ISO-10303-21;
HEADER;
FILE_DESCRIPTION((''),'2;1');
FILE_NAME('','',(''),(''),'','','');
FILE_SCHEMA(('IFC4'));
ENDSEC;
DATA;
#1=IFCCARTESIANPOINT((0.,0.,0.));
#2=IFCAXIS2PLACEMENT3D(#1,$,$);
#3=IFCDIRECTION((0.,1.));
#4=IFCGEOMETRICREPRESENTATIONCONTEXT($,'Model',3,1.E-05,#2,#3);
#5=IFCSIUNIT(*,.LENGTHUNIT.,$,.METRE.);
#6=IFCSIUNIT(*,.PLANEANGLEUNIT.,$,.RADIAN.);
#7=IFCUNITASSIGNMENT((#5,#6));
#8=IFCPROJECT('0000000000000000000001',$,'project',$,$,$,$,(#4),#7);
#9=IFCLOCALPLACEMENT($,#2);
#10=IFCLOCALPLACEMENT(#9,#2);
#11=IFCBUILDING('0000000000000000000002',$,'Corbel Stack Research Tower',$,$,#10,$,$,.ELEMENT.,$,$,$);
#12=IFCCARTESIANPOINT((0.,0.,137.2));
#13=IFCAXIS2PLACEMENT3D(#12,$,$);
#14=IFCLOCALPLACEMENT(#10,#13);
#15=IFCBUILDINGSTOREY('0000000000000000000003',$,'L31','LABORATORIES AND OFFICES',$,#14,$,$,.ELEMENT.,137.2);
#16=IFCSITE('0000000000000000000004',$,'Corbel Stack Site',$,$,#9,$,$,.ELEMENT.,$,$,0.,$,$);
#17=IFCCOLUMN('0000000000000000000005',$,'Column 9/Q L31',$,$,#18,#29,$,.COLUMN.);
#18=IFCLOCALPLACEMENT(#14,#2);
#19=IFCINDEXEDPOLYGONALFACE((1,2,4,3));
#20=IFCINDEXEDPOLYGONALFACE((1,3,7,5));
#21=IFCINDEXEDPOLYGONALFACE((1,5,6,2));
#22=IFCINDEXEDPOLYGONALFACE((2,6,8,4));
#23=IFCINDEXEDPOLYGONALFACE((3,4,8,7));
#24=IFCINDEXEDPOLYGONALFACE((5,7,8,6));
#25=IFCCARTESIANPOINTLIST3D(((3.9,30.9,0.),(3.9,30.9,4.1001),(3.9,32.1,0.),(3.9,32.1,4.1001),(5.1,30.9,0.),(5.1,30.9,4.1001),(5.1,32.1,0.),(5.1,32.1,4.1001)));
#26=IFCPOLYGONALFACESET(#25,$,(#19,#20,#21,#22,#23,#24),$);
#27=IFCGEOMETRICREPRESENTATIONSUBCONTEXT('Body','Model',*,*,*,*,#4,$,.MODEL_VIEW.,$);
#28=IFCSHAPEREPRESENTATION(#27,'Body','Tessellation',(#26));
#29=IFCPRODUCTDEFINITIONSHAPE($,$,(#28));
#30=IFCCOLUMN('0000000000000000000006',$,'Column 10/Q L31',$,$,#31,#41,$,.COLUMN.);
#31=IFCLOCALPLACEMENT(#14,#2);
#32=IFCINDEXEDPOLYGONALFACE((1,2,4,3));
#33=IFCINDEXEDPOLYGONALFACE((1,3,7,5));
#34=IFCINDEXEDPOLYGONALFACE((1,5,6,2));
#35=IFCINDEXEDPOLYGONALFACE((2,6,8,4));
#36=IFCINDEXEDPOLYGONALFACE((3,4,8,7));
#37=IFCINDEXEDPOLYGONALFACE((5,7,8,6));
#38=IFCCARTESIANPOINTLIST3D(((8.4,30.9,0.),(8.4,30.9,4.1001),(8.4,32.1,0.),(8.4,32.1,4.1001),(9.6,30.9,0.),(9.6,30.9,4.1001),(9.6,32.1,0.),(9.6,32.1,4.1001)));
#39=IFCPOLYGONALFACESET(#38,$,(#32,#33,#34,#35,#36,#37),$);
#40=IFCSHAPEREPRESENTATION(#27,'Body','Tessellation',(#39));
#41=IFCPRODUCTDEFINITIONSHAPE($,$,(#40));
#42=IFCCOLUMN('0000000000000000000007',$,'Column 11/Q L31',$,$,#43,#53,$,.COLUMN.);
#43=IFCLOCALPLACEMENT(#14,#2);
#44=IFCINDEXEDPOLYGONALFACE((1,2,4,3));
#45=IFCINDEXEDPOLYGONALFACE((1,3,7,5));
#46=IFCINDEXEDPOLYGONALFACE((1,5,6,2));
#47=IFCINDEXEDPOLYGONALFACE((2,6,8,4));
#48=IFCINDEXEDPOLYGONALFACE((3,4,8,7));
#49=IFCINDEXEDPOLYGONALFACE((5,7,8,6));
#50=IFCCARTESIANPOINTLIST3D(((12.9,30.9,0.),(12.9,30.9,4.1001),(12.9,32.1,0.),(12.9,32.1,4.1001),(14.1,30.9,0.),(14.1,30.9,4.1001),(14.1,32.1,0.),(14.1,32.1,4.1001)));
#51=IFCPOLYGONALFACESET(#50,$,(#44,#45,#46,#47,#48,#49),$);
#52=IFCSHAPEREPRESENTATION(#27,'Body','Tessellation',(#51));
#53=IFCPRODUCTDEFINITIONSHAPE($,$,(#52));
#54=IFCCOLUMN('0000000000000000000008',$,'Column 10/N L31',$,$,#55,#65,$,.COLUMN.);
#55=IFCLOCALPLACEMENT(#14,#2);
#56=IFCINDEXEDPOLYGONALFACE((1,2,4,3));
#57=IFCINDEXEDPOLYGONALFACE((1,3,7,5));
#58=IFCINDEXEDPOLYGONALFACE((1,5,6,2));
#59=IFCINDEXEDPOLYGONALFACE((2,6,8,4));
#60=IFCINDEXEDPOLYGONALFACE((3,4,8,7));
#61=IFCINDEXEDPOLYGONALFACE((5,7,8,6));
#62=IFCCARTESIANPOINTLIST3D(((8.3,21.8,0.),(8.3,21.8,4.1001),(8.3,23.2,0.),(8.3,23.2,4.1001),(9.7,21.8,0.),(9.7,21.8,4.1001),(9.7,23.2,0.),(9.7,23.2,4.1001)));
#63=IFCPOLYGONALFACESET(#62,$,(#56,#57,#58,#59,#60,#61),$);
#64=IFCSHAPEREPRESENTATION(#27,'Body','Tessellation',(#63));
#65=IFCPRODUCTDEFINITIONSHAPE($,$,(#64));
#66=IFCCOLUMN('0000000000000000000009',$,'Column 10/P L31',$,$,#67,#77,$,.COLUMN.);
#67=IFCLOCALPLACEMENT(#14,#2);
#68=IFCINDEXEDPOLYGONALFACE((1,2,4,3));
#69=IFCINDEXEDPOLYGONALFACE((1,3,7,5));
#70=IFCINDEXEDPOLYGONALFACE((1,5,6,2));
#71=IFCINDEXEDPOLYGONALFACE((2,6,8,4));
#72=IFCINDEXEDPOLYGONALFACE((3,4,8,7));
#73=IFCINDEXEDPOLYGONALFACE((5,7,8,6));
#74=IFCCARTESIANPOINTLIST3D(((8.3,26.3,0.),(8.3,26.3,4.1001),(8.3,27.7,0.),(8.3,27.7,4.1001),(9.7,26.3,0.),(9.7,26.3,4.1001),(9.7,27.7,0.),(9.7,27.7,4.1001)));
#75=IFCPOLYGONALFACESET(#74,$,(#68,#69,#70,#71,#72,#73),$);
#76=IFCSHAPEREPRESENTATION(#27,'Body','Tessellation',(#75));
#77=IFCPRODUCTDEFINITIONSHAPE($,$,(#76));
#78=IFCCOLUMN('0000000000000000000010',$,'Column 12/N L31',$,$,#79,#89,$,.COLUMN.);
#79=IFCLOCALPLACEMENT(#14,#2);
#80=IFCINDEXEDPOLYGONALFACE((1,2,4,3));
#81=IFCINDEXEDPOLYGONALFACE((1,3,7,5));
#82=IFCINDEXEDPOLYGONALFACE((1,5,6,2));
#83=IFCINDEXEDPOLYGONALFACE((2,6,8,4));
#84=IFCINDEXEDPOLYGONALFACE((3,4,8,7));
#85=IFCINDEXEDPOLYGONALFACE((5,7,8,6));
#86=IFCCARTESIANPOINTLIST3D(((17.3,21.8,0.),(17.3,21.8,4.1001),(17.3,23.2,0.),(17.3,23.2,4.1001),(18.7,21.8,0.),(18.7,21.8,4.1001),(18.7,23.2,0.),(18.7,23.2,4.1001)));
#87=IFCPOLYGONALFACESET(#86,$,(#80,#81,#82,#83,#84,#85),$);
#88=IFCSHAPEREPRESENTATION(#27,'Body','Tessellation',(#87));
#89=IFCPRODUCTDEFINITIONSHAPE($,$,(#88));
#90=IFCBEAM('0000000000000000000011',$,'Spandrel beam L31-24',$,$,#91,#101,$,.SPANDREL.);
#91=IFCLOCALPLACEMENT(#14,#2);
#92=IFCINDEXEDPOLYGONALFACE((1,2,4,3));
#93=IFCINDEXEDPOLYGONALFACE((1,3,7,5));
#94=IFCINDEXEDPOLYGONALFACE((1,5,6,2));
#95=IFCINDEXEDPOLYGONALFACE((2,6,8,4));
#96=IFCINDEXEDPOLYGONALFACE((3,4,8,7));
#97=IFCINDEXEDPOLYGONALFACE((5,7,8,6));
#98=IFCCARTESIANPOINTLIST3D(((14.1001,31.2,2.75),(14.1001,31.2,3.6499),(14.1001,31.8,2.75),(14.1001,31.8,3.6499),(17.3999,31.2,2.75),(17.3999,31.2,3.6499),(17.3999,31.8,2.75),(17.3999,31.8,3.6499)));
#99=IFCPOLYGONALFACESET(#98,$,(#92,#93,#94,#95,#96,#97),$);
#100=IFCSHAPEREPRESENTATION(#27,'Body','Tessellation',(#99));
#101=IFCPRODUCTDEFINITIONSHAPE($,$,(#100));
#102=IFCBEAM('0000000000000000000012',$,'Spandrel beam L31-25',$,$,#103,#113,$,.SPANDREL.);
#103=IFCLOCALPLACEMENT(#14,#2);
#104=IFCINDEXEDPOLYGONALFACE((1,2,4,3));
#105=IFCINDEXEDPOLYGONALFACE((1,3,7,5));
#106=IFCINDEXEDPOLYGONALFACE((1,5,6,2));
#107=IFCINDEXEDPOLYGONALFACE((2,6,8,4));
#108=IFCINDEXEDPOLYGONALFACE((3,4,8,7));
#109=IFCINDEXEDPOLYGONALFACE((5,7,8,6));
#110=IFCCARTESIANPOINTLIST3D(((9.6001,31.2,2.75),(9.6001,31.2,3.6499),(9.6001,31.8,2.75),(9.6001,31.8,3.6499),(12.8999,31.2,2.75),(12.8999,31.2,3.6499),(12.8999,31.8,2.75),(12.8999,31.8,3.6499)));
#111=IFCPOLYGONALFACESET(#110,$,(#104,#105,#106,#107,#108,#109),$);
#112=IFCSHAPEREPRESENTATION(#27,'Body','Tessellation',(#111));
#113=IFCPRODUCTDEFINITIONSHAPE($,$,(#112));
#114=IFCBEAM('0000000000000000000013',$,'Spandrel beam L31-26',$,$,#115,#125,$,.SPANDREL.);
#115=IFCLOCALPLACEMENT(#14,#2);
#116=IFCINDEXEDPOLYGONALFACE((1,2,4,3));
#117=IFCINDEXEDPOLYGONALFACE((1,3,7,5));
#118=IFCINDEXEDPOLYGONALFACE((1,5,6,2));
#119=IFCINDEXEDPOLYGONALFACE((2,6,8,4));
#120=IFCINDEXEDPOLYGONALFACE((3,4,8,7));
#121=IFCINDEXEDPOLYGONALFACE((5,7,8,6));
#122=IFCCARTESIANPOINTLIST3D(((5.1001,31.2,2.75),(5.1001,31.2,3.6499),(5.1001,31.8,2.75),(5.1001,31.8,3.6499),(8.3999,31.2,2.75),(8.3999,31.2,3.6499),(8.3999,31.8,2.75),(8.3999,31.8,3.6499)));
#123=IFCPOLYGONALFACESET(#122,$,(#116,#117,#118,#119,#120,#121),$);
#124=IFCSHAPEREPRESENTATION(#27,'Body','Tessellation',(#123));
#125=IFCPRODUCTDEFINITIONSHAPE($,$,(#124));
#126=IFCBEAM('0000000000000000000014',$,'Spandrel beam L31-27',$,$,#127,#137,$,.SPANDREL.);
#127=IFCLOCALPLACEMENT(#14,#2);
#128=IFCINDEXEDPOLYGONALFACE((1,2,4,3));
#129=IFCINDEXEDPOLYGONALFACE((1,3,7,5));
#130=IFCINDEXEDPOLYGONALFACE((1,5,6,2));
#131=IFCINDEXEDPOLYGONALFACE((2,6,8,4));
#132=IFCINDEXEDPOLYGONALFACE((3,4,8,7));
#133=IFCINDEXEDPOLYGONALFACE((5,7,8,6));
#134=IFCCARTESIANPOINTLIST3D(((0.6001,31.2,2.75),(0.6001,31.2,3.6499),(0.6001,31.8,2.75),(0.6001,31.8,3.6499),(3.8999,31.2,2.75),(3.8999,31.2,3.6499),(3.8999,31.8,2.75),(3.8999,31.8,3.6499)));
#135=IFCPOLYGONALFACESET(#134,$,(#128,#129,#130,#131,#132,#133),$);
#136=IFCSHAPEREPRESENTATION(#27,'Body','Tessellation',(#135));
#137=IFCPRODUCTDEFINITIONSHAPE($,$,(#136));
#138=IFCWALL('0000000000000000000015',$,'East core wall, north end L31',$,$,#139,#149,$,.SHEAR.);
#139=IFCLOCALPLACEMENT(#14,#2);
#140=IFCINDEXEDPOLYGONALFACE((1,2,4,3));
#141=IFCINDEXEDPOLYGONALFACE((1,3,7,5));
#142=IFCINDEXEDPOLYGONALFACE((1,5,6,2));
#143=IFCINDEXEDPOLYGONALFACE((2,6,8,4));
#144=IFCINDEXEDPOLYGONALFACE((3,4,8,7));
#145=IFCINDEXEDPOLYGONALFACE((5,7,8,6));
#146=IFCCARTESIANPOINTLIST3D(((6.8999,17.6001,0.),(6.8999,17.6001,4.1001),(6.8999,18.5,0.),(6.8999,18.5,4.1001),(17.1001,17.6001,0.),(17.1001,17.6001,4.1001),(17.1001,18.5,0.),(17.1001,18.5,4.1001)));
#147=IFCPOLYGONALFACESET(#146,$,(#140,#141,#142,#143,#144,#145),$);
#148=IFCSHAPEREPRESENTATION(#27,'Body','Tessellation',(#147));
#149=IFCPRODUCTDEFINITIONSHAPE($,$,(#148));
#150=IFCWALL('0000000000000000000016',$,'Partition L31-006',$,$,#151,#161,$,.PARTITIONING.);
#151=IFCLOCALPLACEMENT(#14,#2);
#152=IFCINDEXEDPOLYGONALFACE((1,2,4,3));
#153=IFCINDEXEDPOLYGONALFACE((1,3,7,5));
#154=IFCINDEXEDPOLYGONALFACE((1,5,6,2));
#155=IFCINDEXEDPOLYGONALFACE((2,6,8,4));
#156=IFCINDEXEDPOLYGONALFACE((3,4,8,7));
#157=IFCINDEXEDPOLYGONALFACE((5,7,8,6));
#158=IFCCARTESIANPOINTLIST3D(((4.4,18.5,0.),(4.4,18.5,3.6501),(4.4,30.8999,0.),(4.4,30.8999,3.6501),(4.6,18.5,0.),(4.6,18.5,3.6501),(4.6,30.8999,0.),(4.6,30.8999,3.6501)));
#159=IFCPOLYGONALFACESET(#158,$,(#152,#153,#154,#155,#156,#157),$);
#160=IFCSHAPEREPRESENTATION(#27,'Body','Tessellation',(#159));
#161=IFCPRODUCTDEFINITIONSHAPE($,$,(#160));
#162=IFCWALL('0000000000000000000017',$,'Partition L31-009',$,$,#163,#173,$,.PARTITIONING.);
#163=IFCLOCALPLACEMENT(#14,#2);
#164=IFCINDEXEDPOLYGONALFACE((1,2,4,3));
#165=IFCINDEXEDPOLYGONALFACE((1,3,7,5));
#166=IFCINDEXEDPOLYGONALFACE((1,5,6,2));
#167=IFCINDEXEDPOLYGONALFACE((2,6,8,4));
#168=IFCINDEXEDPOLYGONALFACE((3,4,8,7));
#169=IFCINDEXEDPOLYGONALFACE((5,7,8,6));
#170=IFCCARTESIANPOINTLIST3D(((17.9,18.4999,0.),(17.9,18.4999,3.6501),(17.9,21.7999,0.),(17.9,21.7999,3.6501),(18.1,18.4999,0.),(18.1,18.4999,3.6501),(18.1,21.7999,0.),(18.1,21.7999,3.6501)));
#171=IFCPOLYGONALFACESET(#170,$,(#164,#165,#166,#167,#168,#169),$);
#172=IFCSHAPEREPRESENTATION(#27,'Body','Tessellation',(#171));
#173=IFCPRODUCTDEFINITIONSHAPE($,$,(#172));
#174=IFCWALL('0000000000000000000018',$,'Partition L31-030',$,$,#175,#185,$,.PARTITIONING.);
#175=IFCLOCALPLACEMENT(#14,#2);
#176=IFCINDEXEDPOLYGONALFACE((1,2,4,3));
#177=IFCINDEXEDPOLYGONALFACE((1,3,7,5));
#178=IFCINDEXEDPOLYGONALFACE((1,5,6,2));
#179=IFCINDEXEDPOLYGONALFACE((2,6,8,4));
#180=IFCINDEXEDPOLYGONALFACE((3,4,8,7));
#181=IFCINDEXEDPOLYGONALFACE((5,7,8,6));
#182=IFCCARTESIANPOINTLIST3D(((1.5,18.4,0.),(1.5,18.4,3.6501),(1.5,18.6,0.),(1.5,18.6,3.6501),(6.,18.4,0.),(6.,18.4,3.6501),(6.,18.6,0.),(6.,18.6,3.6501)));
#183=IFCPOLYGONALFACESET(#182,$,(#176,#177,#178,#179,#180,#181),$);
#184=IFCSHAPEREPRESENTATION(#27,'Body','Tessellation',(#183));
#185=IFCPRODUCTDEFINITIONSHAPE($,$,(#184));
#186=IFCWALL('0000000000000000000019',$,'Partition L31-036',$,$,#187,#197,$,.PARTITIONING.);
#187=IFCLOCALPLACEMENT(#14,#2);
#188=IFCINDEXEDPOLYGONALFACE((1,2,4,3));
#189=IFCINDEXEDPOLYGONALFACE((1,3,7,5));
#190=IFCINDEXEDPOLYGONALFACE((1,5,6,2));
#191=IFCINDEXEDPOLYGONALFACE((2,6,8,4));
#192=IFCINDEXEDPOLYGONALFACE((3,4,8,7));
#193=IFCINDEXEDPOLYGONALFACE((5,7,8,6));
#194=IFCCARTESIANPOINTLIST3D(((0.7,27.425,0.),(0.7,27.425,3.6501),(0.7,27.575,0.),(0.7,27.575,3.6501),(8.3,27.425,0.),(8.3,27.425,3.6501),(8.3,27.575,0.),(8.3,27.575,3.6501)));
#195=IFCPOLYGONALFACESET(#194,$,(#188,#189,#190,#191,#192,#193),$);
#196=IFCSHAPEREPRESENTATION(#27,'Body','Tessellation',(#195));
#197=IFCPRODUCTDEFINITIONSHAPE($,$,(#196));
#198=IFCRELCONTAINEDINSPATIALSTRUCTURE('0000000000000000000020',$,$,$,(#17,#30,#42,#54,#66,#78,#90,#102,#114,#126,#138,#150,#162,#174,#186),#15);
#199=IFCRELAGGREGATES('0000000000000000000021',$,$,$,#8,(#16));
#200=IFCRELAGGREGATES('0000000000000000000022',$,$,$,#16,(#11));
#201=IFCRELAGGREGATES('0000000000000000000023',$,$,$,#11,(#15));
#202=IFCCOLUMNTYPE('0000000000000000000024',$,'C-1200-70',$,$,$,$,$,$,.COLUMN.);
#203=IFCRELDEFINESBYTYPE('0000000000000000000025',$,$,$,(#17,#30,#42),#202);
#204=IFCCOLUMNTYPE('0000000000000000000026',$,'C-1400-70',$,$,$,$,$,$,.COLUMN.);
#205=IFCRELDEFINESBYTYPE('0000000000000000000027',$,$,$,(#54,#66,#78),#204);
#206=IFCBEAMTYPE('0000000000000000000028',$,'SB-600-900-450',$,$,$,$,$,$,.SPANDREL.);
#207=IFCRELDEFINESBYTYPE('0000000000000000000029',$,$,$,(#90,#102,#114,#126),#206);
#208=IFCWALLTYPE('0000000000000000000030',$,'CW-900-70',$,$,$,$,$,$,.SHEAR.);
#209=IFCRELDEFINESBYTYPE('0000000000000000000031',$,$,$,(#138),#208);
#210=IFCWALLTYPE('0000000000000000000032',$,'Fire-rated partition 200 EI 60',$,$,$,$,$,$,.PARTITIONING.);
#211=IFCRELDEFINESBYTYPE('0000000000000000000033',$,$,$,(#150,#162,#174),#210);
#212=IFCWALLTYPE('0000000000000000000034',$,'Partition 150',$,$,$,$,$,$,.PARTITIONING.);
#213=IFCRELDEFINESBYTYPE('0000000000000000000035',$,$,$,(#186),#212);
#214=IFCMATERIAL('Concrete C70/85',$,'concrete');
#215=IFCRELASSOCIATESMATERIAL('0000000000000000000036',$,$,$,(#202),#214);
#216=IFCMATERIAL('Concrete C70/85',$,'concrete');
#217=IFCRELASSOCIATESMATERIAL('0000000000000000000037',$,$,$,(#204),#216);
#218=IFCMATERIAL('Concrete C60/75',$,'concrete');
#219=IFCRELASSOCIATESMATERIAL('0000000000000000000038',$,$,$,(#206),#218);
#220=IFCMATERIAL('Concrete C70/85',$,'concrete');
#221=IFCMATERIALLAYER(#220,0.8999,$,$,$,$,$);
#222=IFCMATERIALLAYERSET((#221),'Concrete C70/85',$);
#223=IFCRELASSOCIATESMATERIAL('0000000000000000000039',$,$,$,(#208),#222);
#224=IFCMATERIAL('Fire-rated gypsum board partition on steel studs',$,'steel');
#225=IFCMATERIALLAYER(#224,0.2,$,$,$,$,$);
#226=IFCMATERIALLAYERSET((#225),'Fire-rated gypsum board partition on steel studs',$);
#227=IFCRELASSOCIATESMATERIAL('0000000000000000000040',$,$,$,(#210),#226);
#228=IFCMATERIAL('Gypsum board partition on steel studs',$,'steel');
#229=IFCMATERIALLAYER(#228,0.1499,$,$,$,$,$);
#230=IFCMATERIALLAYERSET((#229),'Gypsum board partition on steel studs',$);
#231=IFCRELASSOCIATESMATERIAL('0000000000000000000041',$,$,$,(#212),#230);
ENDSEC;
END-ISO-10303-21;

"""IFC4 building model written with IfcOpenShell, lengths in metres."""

from ifc_helpers import new_model, si_unit, direction, frame, frame_2d, origin, origin_2d, place, context, subcontext, project, spatial, rectangle, extrude, material, layer, layer_set, material_profile, profile_set, type_object, element, save


model = new_model("IFC4")

# Units and contexts
model_context = context("Model", 3, precision=1e-05, world=origin(), true_north=direction((0.0, 1.0)))
body_context = subcontext(model_context, "Body", "Model", "MODEL_VIEW")
ifc_project = project(units=[si_unit("LENGTHUNIT", "METRE"), si_unit("PLANEANGLEUNIT", "RADIAN")], contexts=[model_context])

# Site, building, storey
site_placement = place(None, origin())
site = spatial("IfcSite", under=ifc_project, at=site_placement, Name="Corbel Stack Site", CompositionType="ELEMENT", RefElevation=0.0)
building_placement = place(site_placement, origin())
building = spatial("IfcBuilding", under=site, at=building_placement, Name="Corbel Stack Research Tower", CompositionType="ELEMENT")
storey_placement = place(building_placement, frame((0.0, 0.0, 137.2)))
storey = spatial("IfcBuildingStorey", under=building, at=storey_placement, Name="L31", Description="LABORATORIES AND OFFICES", CompositionType="ELEMENT", Elevation=137.2)

# Columns
ifc_material_1 = material(Name="Concrete C70/85", Category="concrete")
ifc_material_profile_1 = material_profile(ifc_material_1, rectangle(XDim=1.2, YDim=1.2, at=origin_2d()), Name="RC 1200 x 1200")
ifc_profile_set_1 = profile_set([ifc_material_profile_1], Name="Concrete C70/85")
column_type_1 = type_object("IfcColumnType", Name="C-1200-70", PredefinedType="COLUMN", material=ifc_profile_set_1)
for number, where, z_axis, x_axis, name in (
    (1, (4.5, 31.5, 0.0), (0.0, 0.0, 1.0), (1.0, 0.0, 0.0), "Column 9/Q L31"),
    (2, (9.0, 31.5, 0.0), (0.0, 0.0, 1.0), (1.0, 0.0, 0.0), "Column 10/Q L31"),
    (3, (13.5, 31.5, 0.0), (0.0, 0.0, 1.0), (1.0, 0.0, 0.0), "Column 11/Q L31"),
):
    element("IfcColumn", number, at=place(storey_placement, frame(where, z_axis=z_axis, x_axis=x_axis)), inside=storey, type_object=column_type_1, Name=name, PredefinedType="COLUMN", context=body_context, shape_type="SweptSolid", body=[
        extrude(rectangle(XDim=1.2, YDim=1.2, at=origin_2d()), origin(), (0.0, 0.0, 1.0), 4.1001),
    ])
ifc_material_2 = material(Name="Concrete C70/85", Category="concrete")
ifc_material_profile_2 = material_profile(ifc_material_2, rectangle(XDim=1.3999, YDim=1.3999, at=origin_2d()), Name="RC 1400 x 1400")
ifc_profile_set_2 = profile_set([ifc_material_profile_2], Name="Concrete C70/85")
column_type_2 = type_object("IfcColumnType", Name="C-1400-70", PredefinedType="COLUMN", material=ifc_profile_set_2)
for number, where, z_axis, x_axis, name in (
    (4, (9.0, 22.5, 0.0), (0.0, 0.0, 1.0), (1.0, 0.0, 0.0), "Column 10/N L31"),
    (5, (9.0, 27.0, 0.0), (0.0, 0.0, 1.0), (1.0, 0.0, 0.0), "Column 10/P L31"),
    (6, (18.0, 22.5, 0.0), (0.0, 0.0, 1.0), (1.0, 0.0, 0.0), "Column 12/N L31"),
):
    element("IfcColumn", number, at=place(storey_placement, frame(where, z_axis=z_axis, x_axis=x_axis)), inside=storey, type_object=column_type_2, Name=name, PredefinedType="COLUMN", context=body_context, shape_type="SweptSolid", body=[
        extrude(rectangle(XDim=1.3999, YDim=1.3999, at=origin_2d()), origin(), (0.0, 0.0, 1.0), 4.1001),
    ])

# Beams
ifc_material_3 = material(Name="Concrete C60/75", Category="concrete")
ifc_material_profile_3 = material_profile(ifc_material_3, rectangle(XDim=0.6001, YDim=0.8999, at=origin_2d()), Name="RC 600 x 900")
ifc_profile_set_3 = profile_set([ifc_material_profile_3], Name="Concrete C60/75")
beam_type = type_object("IfcBeamType", Name="SB-600-900-450", PredefinedType="SPANDREL", material=ifc_profile_set_3)
for number, where, z_axis, x_axis, name in (
    (7, (17.3999, 31.5, 3.2), (-1.0, 0.0, 0.0), (0.0, -1.0, 0.0), "Spandrel beam L31-24"),
    (8, (12.8999, 31.5, 3.2), (-1.0, 0.0, 0.0), (0.0, -1.0, 0.0), "Spandrel beam L31-25"),
    (9, (8.3999, 31.5, 3.2), (-1.0, 0.0, 0.0), (0.0, -1.0, 0.0), "Spandrel beam L31-26"),
    (10, (3.8999, 31.5, 3.2), (-1.0, 0.0, 0.0), (0.0, -1.0, 0.0), "Spandrel beam L31-27"),
):
    element("IfcBeam", number, at=place(storey_placement, frame(where, z_axis=z_axis, x_axis=x_axis)), inside=storey, type_object=beam_type, Name=name, PredefinedType="SPANDREL", context=body_context, shape_type="SweptSolid", body=[
        extrude(rectangle(XDim=0.6001, YDim=0.8999, at=origin_2d()), origin(), (0.0, 0.0, 1.0), 3.2998),
    ])

# Walls
ifc_material_4 = material(Name="Concrete C70/85", Category="concrete")
ifc_layer_1 = layer(ifc_material_4, 0.8999)
ifc_layer_set_1 = layer_set([ifc_layer_1], Name="Concrete C70/85")
wall_type_1 = type_object("IfcWallType", Name="CW-900-70", PredefinedType="SHEAR", material=ifc_layer_set_1)
wall_1_placement = place(storey_placement, frame((6.8999, 18.05, 0.0), z_axis=(0.0, 0.0, 1.0), x_axis=(1.0, 0.0, 0.0)))
element("IfcWall", 11, at=wall_1_placement, inside=storey, type_object=wall_type_1, Name="East core wall, north end L31", PredefinedType="SHEAR", context=body_context, shape_type="SweptSolid", body=[
    extrude(rectangle(XDim=10.2002, YDim=0.8999, at=frame_2d((5.1001, 0.0))), origin(), (0.0, 0.0, 1.0), 4.1001),
])
ifc_material_5 = material(Name="Fire-rated gypsum board partition on steel studs", Category="steel")
ifc_layer_2 = layer(ifc_material_5, 0.2)
ifc_layer_set_2 = layer_set([ifc_layer_2], Name="Fire-rated gypsum board partition on steel studs")
wall_type_2 = type_object("IfcWallType", Name="Fire-rated partition 200 EI 60", PredefinedType="PARTITIONING", material=ifc_layer_set_2)
wall_2_placement = place(storey_placement, frame((4.5, 18.5, 0.0), z_axis=(0.0, 0.0, 1.0), x_axis=(0.0, 1.0, 0.0)))
element("IfcWall", 12, at=wall_2_placement, inside=storey, type_object=wall_type_2, Name="Partition L31-006", PredefinedType="PARTITIONING", context=body_context, shape_type="SweptSolid", body=[
    extrude(rectangle(XDim=12.3999, YDim=0.2, at=frame_2d((6.2, 0.0))), origin(), (0.0, 0.0, 1.0), 3.6501),
])
wall_3_placement = place(storey_placement, frame((18.0, 18.5, 0.0), z_axis=(0.0, 0.0, 1.0), x_axis=(0.0, 1.0, 0.0)))
element("IfcWall", 13, at=wall_3_placement, inside=storey, type_object=wall_type_2, Name="Partition L31-009", PredefinedType="PARTITIONING", context=body_context, shape_type="SweptSolid", body=[
    extrude(rectangle(XDim=3.3, YDim=0.2, at=frame_2d((1.6499, 0.0))), origin(), (0.0, 0.0, 1.0), 3.6501),
])
wall_4_placement = place(storey_placement, frame((1.5, 18.5, 0.0), z_axis=(0.0, 0.0, 1.0), x_axis=(1.0, 0.0, 0.0)))
element("IfcWall", 14, at=wall_4_placement, inside=storey, type_object=wall_type_2, Name="Partition L31-030", PredefinedType="PARTITIONING", context=body_context, shape_type="SweptSolid", body=[
    extrude(rectangle(XDim=4.5, YDim=0.2, at=frame_2d((2.25, 0.0))), origin(), (0.0, 0.0, 1.0), 3.6501),
])
ifc_material_6 = material(Name="Gypsum board partition on steel studs", Category="steel")
ifc_layer_3 = layer(ifc_material_6, 0.1499)
ifc_layer_set_3 = layer_set([ifc_layer_3], Name="Gypsum board partition on steel studs")
wall_type_3 = type_object("IfcWallType", Name="Partition 150", PredefinedType="PARTITIONING", material=ifc_layer_set_3)
wall_5_placement = place(storey_placement, frame((0.7, 27.5, 0.0), z_axis=(0.0, 0.0, 1.0), x_axis=(1.0, 0.0, 0.0)))
element("IfcWall", 15, at=wall_5_placement, inside=storey, type_object=wall_type_3, Name="Partition L31-036", PredefinedType="PARTITIONING", context=body_context, shape_type="SweptSolid", body=[
    extrude(rectangle(XDim=7.6001, YDim=0.1499, at=frame_2d((3.8, 0.0))), origin(), (0.0, 0.0, 1.0), 3.6501),
])

save(model, "model.ifc")
